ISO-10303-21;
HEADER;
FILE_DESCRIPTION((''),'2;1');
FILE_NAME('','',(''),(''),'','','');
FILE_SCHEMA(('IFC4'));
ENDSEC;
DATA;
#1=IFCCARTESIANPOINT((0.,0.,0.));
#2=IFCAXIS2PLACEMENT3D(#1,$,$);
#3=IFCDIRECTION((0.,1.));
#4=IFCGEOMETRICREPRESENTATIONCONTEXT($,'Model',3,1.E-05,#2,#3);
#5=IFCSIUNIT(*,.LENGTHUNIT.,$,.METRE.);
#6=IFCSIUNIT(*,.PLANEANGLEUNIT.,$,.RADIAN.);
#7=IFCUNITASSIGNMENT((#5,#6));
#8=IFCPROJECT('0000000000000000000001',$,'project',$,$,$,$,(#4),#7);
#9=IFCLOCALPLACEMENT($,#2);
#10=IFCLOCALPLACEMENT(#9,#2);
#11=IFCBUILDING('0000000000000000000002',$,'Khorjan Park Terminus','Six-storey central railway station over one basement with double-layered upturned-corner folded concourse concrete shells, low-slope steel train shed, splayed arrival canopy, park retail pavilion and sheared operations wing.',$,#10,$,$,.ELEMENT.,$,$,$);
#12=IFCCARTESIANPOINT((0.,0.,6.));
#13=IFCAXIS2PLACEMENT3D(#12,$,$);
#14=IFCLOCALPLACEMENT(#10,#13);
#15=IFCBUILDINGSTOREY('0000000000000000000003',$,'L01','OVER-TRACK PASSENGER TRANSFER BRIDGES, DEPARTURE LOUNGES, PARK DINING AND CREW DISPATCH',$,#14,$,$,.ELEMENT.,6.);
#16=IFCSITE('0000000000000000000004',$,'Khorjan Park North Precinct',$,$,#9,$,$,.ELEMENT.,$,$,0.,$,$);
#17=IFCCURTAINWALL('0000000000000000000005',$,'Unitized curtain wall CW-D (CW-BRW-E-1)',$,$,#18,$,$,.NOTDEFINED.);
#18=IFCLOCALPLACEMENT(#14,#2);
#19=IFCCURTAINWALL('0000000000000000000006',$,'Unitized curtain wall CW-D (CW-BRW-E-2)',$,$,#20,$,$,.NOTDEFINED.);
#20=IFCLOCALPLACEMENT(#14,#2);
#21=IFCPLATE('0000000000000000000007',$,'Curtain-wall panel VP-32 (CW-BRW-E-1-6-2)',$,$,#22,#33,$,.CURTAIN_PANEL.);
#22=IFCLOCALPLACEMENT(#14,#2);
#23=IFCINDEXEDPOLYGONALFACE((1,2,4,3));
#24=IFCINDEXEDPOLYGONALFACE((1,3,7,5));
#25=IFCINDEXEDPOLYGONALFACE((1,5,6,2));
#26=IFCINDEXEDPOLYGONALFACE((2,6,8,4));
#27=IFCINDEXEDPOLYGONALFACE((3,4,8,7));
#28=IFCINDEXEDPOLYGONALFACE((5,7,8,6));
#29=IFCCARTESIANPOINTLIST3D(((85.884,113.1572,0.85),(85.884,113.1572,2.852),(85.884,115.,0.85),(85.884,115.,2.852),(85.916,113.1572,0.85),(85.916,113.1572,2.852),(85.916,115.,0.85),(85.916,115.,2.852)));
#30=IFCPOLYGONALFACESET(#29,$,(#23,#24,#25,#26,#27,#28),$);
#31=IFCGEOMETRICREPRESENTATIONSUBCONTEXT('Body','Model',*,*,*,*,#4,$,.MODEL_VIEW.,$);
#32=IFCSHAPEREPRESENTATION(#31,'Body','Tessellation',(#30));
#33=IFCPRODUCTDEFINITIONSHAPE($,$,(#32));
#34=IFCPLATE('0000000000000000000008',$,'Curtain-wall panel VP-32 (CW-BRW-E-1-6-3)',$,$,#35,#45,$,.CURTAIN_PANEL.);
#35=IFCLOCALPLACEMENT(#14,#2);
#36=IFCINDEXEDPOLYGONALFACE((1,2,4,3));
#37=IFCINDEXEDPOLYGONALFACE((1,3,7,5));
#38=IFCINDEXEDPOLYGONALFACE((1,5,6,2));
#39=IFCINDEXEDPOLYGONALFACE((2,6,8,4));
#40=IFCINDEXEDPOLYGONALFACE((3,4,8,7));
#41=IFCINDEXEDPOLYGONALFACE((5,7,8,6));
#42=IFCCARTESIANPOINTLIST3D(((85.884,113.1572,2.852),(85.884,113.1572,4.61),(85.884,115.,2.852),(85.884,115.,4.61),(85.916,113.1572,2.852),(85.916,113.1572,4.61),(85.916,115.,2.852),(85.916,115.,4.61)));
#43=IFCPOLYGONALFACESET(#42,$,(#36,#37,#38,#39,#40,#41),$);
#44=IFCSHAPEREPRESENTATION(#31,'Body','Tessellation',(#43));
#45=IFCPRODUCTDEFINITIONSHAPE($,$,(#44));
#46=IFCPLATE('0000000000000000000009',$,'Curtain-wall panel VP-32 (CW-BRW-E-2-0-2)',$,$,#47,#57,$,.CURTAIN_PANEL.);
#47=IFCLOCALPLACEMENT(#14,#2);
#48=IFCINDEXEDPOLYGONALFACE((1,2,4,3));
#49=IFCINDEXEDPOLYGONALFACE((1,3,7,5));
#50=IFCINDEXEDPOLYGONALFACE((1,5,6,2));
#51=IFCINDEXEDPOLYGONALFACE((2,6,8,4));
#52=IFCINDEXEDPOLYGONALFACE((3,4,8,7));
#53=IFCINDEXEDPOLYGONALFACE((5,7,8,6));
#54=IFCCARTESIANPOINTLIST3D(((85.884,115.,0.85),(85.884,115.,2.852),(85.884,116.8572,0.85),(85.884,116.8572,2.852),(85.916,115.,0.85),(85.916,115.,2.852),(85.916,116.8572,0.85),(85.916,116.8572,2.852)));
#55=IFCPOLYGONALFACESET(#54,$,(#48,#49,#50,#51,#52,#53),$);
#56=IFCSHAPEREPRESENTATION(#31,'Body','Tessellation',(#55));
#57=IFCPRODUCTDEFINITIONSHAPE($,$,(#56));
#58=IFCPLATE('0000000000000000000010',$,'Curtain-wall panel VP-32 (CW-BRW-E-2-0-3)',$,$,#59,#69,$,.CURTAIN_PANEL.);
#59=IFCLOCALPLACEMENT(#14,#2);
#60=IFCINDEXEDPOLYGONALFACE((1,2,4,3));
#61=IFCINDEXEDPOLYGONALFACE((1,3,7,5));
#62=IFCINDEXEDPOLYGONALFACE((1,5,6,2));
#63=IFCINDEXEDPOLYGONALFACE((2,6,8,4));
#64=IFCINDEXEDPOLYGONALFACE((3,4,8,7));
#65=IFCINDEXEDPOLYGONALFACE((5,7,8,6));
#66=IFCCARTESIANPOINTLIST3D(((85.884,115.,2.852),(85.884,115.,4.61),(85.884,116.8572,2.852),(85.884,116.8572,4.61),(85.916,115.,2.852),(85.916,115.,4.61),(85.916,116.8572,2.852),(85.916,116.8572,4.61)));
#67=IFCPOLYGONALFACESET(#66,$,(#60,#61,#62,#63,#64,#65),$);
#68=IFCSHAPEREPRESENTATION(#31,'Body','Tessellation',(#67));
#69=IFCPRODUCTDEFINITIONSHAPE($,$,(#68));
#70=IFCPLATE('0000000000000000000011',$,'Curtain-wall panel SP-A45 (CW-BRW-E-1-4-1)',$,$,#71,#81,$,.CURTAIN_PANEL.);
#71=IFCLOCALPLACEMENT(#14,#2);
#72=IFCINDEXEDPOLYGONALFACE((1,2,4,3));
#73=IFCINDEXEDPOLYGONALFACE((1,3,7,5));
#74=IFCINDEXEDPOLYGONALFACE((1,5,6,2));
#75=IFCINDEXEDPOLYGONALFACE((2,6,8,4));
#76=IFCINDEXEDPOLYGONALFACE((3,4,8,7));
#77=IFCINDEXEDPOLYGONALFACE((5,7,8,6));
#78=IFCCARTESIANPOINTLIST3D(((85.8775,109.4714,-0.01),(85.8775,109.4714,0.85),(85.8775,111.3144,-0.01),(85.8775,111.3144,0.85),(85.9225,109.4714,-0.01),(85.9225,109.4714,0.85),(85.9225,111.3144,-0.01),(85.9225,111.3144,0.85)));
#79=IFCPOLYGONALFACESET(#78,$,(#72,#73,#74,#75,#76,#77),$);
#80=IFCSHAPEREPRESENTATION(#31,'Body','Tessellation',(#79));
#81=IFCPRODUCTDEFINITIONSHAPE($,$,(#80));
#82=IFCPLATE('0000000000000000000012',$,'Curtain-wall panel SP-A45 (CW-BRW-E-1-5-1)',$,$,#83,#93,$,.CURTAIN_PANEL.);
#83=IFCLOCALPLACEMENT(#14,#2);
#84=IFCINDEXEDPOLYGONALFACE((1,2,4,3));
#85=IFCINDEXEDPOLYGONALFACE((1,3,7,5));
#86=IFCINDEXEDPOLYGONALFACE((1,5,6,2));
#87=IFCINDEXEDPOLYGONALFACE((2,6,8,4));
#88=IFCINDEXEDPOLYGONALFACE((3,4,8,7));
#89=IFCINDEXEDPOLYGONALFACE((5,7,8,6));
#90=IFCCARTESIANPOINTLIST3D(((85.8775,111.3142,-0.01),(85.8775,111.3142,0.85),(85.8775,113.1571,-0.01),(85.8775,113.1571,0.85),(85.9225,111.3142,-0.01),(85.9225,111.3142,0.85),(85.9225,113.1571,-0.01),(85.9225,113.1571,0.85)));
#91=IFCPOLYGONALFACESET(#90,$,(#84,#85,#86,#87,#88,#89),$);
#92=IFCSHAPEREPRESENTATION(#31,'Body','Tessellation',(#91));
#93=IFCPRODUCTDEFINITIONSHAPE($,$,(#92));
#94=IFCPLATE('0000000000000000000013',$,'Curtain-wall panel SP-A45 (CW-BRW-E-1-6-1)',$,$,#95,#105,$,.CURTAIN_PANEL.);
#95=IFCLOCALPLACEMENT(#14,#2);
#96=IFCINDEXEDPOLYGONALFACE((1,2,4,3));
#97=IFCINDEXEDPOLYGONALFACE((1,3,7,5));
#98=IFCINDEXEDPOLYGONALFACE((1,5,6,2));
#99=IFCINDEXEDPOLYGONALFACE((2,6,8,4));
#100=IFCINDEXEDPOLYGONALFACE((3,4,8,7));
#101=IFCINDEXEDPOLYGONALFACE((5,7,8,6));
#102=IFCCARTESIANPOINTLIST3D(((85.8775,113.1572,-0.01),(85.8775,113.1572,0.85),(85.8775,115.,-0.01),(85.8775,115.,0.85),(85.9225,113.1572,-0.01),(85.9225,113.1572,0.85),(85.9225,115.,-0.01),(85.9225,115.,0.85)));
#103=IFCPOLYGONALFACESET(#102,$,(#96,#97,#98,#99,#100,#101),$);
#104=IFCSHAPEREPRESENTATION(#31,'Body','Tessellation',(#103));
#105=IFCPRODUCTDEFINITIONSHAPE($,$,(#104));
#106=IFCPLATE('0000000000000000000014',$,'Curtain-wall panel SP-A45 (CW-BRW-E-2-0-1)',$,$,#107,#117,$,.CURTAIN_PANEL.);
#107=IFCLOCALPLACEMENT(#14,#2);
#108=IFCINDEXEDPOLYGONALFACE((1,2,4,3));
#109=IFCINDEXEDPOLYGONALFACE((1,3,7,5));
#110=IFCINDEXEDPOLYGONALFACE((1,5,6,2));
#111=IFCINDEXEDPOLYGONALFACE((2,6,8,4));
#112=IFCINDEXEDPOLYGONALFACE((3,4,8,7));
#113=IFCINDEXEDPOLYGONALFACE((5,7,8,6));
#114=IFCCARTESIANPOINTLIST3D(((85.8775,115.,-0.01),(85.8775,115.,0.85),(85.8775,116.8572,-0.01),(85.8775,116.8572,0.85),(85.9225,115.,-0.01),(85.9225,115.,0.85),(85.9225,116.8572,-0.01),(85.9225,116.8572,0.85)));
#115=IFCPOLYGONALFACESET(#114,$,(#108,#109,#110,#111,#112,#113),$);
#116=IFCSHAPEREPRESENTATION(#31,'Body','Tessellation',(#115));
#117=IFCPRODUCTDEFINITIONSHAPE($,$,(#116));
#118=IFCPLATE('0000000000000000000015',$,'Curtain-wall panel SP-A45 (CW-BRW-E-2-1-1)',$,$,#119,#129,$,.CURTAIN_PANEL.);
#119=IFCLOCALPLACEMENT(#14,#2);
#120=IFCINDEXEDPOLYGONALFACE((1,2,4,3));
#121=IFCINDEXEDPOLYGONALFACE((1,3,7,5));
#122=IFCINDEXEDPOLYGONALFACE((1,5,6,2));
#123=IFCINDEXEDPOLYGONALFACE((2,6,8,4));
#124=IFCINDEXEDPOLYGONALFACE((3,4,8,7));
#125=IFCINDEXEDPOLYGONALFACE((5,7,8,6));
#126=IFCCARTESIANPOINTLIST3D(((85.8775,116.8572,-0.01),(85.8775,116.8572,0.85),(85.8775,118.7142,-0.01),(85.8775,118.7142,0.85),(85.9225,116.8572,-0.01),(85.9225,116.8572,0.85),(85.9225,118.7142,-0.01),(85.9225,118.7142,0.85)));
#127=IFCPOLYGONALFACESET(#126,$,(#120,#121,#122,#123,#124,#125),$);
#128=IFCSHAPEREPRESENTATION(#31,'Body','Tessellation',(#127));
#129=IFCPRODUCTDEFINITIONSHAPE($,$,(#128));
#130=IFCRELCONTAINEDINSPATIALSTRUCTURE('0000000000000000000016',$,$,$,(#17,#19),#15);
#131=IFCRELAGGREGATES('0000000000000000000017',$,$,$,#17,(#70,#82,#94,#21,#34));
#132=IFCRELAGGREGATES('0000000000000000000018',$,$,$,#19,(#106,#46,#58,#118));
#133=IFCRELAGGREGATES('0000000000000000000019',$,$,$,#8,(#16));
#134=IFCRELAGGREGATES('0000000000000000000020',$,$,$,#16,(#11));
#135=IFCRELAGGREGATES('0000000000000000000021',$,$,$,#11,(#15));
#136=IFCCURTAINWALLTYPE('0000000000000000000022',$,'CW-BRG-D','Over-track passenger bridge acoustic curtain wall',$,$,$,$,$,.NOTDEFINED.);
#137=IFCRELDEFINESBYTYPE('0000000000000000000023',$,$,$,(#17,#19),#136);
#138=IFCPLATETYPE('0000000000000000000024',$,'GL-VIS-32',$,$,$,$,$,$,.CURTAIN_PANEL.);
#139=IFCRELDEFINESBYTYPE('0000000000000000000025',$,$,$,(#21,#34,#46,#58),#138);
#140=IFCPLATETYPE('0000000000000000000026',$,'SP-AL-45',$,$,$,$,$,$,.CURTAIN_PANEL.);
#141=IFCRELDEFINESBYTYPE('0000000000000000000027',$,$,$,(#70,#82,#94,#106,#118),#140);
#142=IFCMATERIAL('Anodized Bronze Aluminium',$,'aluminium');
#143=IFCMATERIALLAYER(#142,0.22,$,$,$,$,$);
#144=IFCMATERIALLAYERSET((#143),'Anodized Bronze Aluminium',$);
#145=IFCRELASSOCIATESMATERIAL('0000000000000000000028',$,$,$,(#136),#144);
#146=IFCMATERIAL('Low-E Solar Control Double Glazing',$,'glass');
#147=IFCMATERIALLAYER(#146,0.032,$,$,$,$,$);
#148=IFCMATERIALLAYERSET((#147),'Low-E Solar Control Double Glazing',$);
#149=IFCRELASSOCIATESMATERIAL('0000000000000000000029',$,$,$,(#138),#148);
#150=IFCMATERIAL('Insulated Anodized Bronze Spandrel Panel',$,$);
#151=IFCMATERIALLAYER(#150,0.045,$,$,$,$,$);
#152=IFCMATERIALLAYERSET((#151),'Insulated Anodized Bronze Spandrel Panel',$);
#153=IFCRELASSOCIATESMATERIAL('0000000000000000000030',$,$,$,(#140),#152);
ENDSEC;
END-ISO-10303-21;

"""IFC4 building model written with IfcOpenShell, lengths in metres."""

from ifc_helpers import new_model, si_unit, direction, frame, origin, origin_2d, place, context, subcontext, project, spatial, rectangle, extrude, material, layer, layer_set, type_object, element, aggregate, save


model = new_model("IFC4")

# Units and contexts
model_context = context("Model", 3, precision=1e-05, world=origin(), true_north=direction((0.0, 1.0)))
body_context = subcontext(model_context, "Body", "Model", "MODEL_VIEW")
ifc_project = project(units=[si_unit("LENGTHUNIT", "METRE"), si_unit("PLANEANGLEUNIT", "RADIAN")], contexts=[model_context])

# Site, building, storey
site_placement = place(None, origin())
site = spatial("IfcSite", under=ifc_project, at=site_placement, Name="Khorjan Park North Precinct", CompositionType="ELEMENT", RefElevation=0.0)
building_placement = place(site_placement, origin())
building = spatial("IfcBuilding", under=site, at=building_placement, Name="Khorjan Park Terminus", Description="Six-storey central railway station over one basement with double-layered upturned-corner folded concourse concrete shells, low-slope steel train shed, splayed arrival canopy, park retail pavilion and sheared operations wing.", CompositionType="ELEMENT")
storey_placement = place(building_placement, frame((0.0, 0.0, 6.0)))
storey = spatial("IfcBuildingStorey", under=building, at=storey_placement, Name="L01", Description="OVER-TRACK PASSENGER TRANSFER BRIDGES, DEPARTURE LOUNGES, PARK DINING AND CREW DISPATCH", CompositionType="ELEMENT", Elevation=6.0)

# Curtain wall
ifc_material_1 = material(Name="Anodized Bronze Aluminium", Category="aluminium")
ifc_layer_1 = layer(ifc_material_1, 0.22)
ifc_layer_set_1 = layer_set([ifc_layer_1], Name="Anodized Bronze Aluminium")
curtain_wall_type = type_object("IfcCurtainWallType", Name="CW-BRG-D", Description="Over-track passenger bridge acoustic curtain wall", PredefinedType="NOTDEFINED", material=ifc_layer_set_1)
curtain_wall_1_placement = place(storey_placement, origin())
curtain_wall_1 = element("IfcCurtainWall", 1, at=curtain_wall_1_placement, inside=storey, type_object=curtain_wall_type, Name="Unitized curtain wall CW-D (CW-BRW-E-1)", PredefinedType="NOTDEFINED")

# Curtain wall
curtain_wall_2_placement = place(storey_placement, origin())
curtain_wall_2 = element("IfcCurtainWall", 2, at=curtain_wall_2_placement, inside=storey, type_object=curtain_wall_type, Name="Unitized curtain wall CW-D (CW-BRW-E-2)", PredefinedType="NOTDEFINED")

# Plates
ifc_material_2 = material(Name="Low-E Solar Control Double Glazing", Category="glass")
ifc_layer_2 = layer(ifc_material_2, 0.032)
ifc_layer_set_2 = layer_set([ifc_layer_2], Name="Low-E Solar Control Double Glazing")
plate_type_1 = type_object("IfcPlateType", Name="GL-VIS-32", PredefinedType="CURTAIN_PANEL", material=ifc_layer_set_2)
plate_1_placement = place(storey_placement, frame((85.9, 114.0786, 0.85), z_axis=(0.0, 0.0, 1.0), x_axis=(0.0, 1.0, 0.0)))
plate_1 = element("IfcPlate", 3, at=plate_1_placement, type_object=plate_type_1, Name="Curtain-wall panel VP-32 (CW-BRW-E-1-6-2)", PredefinedType="CURTAIN_PANEL", context=body_context, shape_type="SweptSolid", body=[
    extrude(rectangle(XDim=1.8429, YDim=0.032, at=origin_2d()), origin(), (0.0, 0.0, 1.0), 2.002),
])
plate_2_placement = place(storey_placement, frame((85.9, 114.0786, 2.852), z_axis=(0.0, 0.0, 1.0), x_axis=(0.0, 1.0, 0.0)))
plate_2 = element("IfcPlate", 4, at=plate_2_placement, type_object=plate_type_1, Name="Curtain-wall panel VP-32 (CW-BRW-E-1-6-3)", PredefinedType="CURTAIN_PANEL", context=body_context, shape_type="SweptSolid", body=[
    extrude(rectangle(XDim=1.8429, YDim=0.032, at=origin_2d()), origin(), (0.0, 0.0, 1.0), 1.758),
])
plate_3_placement = place(storey_placement, frame((85.9, 115.9286, 0.85), z_axis=(0.0, 0.0, 1.0), x_axis=(0.0, 1.0, 0.0)))
plate_3 = element("IfcPlate", 5, at=plate_3_placement, type_object=plate_type_1, Name="Curtain-wall panel VP-32 (CW-BRW-E-2-0-2)", PredefinedType="CURTAIN_PANEL", context=body_context, shape_type="SweptSolid", body=[
    extrude(rectangle(XDim=1.8571, YDim=0.032, at=origin_2d()), origin(), (0.0, 0.0, 1.0), 2.002),
])
plate_4_placement = place(storey_placement, frame((85.9, 115.9286, 2.852), z_axis=(0.0, 0.0, 1.0), x_axis=(0.0, 1.0, 0.0)))
plate_4 = element("IfcPlate", 6, at=plate_4_placement, type_object=plate_type_1, Name="Curtain-wall panel VP-32 (CW-BRW-E-2-0-3)", PredefinedType="CURTAIN_PANEL", context=body_context, shape_type="SweptSolid", body=[
    extrude(rectangle(XDim=1.8571, YDim=0.032, at=origin_2d()), origin(), (0.0, 0.0, 1.0), 1.758),
])
ifc_material_3 = material(Name="Insulated Anodized Bronze Spandrel Panel")
ifc_layer_3 = layer(ifc_material_3, 0.045)
ifc_layer_set_3 = layer_set([ifc_layer_3], Name="Insulated Anodized Bronze Spandrel Panel")
plate_type_2 = type_object("IfcPlateType", Name="SP-AL-45", PredefinedType="CURTAIN_PANEL", material=ifc_layer_set_3)
plate_5_placement = place(storey_placement, frame((85.9, 110.3929, -0.01), z_axis=(0.0, 0.0, 1.0), x_axis=(0.0, 1.0, 0.0)))
plate_5 = element("IfcPlate", 7, at=plate_5_placement, type_object=plate_type_2, Name="Curtain-wall panel SP-A45 (CW-BRW-E-1-4-1)", PredefinedType="CURTAIN_PANEL", context=body_context, shape_type="SweptSolid", body=[
    extrude(rectangle(XDim=1.8429, YDim=0.045, at=origin_2d()), origin(), (0.0, 0.0, 1.0), 0.86),
])
plate_6_placement = place(storey_placement, frame((85.9, 112.2357, -0.01), z_axis=(0.0, 0.0, 1.0), x_axis=(0.0, 1.0, 0.0)))
plate_6 = element("IfcPlate", 8, at=plate_6_placement, type_object=plate_type_2, Name="Curtain-wall panel SP-A45 (CW-BRW-E-1-5-1)", PredefinedType="CURTAIN_PANEL", context=body_context, shape_type="SweptSolid", body=[
    extrude(rectangle(XDim=1.8429, YDim=0.045, at=origin_2d()), origin(), (0.0, 0.0, 1.0), 0.86),
])
plate_7_placement = place(storey_placement, frame((85.9, 114.0786, -0.01), z_axis=(0.0, 0.0, 1.0), x_axis=(0.0, 1.0, 0.0)))
plate_7 = element("IfcPlate", 9, at=plate_7_placement, type_object=plate_type_2, Name="Curtain-wall panel SP-A45 (CW-BRW-E-1-6-1)", PredefinedType="CURTAIN_PANEL", context=body_context, shape_type="SweptSolid", body=[
    extrude(rectangle(XDim=1.8429, YDim=0.045, at=origin_2d()), origin(), (0.0, 0.0, 1.0), 0.86),
])
aggregate(curtain_wall_1, [plate_5, plate_6, plate_7, plate_1, plate_2])
plate_8_placement = place(storey_placement, frame((85.9, 115.9286, -0.01), z_axis=(0.0, 0.0, 1.0), x_axis=(0.0, 1.0, 0.0)))
plate_8 = element("IfcPlate", 10, at=plate_8_placement, type_object=plate_type_2, Name="Curtain-wall panel SP-A45 (CW-BRW-E-2-0-1)", PredefinedType="CURTAIN_PANEL", context=body_context, shape_type="SweptSolid", body=[
    extrude(rectangle(XDim=1.8571, YDim=0.045, at=origin_2d()), origin(), (0.0, 0.0, 1.0), 0.86),
])
plate_9_placement = place(storey_placement, frame((85.9, 117.7857, -0.01), z_axis=(0.0, 0.0, 1.0), x_axis=(0.0, 1.0, 0.0)))
plate_9 = element("IfcPlate", 11, at=plate_9_placement, type_object=plate_type_2, Name="Curtain-wall panel SP-A45 (CW-BRW-E-2-1-1)", PredefinedType="CURTAIN_PANEL", context=body_context, shape_type="SweptSolid", body=[
    extrude(rectangle(XDim=1.8571, YDim=0.045, at=origin_2d()), origin(), (0.0, 0.0, 1.0), 0.86),
])
aggregate(curtain_wall_2, [plate_8, plate_3, plate_4, plate_9])

save(model, "model.ifc")
